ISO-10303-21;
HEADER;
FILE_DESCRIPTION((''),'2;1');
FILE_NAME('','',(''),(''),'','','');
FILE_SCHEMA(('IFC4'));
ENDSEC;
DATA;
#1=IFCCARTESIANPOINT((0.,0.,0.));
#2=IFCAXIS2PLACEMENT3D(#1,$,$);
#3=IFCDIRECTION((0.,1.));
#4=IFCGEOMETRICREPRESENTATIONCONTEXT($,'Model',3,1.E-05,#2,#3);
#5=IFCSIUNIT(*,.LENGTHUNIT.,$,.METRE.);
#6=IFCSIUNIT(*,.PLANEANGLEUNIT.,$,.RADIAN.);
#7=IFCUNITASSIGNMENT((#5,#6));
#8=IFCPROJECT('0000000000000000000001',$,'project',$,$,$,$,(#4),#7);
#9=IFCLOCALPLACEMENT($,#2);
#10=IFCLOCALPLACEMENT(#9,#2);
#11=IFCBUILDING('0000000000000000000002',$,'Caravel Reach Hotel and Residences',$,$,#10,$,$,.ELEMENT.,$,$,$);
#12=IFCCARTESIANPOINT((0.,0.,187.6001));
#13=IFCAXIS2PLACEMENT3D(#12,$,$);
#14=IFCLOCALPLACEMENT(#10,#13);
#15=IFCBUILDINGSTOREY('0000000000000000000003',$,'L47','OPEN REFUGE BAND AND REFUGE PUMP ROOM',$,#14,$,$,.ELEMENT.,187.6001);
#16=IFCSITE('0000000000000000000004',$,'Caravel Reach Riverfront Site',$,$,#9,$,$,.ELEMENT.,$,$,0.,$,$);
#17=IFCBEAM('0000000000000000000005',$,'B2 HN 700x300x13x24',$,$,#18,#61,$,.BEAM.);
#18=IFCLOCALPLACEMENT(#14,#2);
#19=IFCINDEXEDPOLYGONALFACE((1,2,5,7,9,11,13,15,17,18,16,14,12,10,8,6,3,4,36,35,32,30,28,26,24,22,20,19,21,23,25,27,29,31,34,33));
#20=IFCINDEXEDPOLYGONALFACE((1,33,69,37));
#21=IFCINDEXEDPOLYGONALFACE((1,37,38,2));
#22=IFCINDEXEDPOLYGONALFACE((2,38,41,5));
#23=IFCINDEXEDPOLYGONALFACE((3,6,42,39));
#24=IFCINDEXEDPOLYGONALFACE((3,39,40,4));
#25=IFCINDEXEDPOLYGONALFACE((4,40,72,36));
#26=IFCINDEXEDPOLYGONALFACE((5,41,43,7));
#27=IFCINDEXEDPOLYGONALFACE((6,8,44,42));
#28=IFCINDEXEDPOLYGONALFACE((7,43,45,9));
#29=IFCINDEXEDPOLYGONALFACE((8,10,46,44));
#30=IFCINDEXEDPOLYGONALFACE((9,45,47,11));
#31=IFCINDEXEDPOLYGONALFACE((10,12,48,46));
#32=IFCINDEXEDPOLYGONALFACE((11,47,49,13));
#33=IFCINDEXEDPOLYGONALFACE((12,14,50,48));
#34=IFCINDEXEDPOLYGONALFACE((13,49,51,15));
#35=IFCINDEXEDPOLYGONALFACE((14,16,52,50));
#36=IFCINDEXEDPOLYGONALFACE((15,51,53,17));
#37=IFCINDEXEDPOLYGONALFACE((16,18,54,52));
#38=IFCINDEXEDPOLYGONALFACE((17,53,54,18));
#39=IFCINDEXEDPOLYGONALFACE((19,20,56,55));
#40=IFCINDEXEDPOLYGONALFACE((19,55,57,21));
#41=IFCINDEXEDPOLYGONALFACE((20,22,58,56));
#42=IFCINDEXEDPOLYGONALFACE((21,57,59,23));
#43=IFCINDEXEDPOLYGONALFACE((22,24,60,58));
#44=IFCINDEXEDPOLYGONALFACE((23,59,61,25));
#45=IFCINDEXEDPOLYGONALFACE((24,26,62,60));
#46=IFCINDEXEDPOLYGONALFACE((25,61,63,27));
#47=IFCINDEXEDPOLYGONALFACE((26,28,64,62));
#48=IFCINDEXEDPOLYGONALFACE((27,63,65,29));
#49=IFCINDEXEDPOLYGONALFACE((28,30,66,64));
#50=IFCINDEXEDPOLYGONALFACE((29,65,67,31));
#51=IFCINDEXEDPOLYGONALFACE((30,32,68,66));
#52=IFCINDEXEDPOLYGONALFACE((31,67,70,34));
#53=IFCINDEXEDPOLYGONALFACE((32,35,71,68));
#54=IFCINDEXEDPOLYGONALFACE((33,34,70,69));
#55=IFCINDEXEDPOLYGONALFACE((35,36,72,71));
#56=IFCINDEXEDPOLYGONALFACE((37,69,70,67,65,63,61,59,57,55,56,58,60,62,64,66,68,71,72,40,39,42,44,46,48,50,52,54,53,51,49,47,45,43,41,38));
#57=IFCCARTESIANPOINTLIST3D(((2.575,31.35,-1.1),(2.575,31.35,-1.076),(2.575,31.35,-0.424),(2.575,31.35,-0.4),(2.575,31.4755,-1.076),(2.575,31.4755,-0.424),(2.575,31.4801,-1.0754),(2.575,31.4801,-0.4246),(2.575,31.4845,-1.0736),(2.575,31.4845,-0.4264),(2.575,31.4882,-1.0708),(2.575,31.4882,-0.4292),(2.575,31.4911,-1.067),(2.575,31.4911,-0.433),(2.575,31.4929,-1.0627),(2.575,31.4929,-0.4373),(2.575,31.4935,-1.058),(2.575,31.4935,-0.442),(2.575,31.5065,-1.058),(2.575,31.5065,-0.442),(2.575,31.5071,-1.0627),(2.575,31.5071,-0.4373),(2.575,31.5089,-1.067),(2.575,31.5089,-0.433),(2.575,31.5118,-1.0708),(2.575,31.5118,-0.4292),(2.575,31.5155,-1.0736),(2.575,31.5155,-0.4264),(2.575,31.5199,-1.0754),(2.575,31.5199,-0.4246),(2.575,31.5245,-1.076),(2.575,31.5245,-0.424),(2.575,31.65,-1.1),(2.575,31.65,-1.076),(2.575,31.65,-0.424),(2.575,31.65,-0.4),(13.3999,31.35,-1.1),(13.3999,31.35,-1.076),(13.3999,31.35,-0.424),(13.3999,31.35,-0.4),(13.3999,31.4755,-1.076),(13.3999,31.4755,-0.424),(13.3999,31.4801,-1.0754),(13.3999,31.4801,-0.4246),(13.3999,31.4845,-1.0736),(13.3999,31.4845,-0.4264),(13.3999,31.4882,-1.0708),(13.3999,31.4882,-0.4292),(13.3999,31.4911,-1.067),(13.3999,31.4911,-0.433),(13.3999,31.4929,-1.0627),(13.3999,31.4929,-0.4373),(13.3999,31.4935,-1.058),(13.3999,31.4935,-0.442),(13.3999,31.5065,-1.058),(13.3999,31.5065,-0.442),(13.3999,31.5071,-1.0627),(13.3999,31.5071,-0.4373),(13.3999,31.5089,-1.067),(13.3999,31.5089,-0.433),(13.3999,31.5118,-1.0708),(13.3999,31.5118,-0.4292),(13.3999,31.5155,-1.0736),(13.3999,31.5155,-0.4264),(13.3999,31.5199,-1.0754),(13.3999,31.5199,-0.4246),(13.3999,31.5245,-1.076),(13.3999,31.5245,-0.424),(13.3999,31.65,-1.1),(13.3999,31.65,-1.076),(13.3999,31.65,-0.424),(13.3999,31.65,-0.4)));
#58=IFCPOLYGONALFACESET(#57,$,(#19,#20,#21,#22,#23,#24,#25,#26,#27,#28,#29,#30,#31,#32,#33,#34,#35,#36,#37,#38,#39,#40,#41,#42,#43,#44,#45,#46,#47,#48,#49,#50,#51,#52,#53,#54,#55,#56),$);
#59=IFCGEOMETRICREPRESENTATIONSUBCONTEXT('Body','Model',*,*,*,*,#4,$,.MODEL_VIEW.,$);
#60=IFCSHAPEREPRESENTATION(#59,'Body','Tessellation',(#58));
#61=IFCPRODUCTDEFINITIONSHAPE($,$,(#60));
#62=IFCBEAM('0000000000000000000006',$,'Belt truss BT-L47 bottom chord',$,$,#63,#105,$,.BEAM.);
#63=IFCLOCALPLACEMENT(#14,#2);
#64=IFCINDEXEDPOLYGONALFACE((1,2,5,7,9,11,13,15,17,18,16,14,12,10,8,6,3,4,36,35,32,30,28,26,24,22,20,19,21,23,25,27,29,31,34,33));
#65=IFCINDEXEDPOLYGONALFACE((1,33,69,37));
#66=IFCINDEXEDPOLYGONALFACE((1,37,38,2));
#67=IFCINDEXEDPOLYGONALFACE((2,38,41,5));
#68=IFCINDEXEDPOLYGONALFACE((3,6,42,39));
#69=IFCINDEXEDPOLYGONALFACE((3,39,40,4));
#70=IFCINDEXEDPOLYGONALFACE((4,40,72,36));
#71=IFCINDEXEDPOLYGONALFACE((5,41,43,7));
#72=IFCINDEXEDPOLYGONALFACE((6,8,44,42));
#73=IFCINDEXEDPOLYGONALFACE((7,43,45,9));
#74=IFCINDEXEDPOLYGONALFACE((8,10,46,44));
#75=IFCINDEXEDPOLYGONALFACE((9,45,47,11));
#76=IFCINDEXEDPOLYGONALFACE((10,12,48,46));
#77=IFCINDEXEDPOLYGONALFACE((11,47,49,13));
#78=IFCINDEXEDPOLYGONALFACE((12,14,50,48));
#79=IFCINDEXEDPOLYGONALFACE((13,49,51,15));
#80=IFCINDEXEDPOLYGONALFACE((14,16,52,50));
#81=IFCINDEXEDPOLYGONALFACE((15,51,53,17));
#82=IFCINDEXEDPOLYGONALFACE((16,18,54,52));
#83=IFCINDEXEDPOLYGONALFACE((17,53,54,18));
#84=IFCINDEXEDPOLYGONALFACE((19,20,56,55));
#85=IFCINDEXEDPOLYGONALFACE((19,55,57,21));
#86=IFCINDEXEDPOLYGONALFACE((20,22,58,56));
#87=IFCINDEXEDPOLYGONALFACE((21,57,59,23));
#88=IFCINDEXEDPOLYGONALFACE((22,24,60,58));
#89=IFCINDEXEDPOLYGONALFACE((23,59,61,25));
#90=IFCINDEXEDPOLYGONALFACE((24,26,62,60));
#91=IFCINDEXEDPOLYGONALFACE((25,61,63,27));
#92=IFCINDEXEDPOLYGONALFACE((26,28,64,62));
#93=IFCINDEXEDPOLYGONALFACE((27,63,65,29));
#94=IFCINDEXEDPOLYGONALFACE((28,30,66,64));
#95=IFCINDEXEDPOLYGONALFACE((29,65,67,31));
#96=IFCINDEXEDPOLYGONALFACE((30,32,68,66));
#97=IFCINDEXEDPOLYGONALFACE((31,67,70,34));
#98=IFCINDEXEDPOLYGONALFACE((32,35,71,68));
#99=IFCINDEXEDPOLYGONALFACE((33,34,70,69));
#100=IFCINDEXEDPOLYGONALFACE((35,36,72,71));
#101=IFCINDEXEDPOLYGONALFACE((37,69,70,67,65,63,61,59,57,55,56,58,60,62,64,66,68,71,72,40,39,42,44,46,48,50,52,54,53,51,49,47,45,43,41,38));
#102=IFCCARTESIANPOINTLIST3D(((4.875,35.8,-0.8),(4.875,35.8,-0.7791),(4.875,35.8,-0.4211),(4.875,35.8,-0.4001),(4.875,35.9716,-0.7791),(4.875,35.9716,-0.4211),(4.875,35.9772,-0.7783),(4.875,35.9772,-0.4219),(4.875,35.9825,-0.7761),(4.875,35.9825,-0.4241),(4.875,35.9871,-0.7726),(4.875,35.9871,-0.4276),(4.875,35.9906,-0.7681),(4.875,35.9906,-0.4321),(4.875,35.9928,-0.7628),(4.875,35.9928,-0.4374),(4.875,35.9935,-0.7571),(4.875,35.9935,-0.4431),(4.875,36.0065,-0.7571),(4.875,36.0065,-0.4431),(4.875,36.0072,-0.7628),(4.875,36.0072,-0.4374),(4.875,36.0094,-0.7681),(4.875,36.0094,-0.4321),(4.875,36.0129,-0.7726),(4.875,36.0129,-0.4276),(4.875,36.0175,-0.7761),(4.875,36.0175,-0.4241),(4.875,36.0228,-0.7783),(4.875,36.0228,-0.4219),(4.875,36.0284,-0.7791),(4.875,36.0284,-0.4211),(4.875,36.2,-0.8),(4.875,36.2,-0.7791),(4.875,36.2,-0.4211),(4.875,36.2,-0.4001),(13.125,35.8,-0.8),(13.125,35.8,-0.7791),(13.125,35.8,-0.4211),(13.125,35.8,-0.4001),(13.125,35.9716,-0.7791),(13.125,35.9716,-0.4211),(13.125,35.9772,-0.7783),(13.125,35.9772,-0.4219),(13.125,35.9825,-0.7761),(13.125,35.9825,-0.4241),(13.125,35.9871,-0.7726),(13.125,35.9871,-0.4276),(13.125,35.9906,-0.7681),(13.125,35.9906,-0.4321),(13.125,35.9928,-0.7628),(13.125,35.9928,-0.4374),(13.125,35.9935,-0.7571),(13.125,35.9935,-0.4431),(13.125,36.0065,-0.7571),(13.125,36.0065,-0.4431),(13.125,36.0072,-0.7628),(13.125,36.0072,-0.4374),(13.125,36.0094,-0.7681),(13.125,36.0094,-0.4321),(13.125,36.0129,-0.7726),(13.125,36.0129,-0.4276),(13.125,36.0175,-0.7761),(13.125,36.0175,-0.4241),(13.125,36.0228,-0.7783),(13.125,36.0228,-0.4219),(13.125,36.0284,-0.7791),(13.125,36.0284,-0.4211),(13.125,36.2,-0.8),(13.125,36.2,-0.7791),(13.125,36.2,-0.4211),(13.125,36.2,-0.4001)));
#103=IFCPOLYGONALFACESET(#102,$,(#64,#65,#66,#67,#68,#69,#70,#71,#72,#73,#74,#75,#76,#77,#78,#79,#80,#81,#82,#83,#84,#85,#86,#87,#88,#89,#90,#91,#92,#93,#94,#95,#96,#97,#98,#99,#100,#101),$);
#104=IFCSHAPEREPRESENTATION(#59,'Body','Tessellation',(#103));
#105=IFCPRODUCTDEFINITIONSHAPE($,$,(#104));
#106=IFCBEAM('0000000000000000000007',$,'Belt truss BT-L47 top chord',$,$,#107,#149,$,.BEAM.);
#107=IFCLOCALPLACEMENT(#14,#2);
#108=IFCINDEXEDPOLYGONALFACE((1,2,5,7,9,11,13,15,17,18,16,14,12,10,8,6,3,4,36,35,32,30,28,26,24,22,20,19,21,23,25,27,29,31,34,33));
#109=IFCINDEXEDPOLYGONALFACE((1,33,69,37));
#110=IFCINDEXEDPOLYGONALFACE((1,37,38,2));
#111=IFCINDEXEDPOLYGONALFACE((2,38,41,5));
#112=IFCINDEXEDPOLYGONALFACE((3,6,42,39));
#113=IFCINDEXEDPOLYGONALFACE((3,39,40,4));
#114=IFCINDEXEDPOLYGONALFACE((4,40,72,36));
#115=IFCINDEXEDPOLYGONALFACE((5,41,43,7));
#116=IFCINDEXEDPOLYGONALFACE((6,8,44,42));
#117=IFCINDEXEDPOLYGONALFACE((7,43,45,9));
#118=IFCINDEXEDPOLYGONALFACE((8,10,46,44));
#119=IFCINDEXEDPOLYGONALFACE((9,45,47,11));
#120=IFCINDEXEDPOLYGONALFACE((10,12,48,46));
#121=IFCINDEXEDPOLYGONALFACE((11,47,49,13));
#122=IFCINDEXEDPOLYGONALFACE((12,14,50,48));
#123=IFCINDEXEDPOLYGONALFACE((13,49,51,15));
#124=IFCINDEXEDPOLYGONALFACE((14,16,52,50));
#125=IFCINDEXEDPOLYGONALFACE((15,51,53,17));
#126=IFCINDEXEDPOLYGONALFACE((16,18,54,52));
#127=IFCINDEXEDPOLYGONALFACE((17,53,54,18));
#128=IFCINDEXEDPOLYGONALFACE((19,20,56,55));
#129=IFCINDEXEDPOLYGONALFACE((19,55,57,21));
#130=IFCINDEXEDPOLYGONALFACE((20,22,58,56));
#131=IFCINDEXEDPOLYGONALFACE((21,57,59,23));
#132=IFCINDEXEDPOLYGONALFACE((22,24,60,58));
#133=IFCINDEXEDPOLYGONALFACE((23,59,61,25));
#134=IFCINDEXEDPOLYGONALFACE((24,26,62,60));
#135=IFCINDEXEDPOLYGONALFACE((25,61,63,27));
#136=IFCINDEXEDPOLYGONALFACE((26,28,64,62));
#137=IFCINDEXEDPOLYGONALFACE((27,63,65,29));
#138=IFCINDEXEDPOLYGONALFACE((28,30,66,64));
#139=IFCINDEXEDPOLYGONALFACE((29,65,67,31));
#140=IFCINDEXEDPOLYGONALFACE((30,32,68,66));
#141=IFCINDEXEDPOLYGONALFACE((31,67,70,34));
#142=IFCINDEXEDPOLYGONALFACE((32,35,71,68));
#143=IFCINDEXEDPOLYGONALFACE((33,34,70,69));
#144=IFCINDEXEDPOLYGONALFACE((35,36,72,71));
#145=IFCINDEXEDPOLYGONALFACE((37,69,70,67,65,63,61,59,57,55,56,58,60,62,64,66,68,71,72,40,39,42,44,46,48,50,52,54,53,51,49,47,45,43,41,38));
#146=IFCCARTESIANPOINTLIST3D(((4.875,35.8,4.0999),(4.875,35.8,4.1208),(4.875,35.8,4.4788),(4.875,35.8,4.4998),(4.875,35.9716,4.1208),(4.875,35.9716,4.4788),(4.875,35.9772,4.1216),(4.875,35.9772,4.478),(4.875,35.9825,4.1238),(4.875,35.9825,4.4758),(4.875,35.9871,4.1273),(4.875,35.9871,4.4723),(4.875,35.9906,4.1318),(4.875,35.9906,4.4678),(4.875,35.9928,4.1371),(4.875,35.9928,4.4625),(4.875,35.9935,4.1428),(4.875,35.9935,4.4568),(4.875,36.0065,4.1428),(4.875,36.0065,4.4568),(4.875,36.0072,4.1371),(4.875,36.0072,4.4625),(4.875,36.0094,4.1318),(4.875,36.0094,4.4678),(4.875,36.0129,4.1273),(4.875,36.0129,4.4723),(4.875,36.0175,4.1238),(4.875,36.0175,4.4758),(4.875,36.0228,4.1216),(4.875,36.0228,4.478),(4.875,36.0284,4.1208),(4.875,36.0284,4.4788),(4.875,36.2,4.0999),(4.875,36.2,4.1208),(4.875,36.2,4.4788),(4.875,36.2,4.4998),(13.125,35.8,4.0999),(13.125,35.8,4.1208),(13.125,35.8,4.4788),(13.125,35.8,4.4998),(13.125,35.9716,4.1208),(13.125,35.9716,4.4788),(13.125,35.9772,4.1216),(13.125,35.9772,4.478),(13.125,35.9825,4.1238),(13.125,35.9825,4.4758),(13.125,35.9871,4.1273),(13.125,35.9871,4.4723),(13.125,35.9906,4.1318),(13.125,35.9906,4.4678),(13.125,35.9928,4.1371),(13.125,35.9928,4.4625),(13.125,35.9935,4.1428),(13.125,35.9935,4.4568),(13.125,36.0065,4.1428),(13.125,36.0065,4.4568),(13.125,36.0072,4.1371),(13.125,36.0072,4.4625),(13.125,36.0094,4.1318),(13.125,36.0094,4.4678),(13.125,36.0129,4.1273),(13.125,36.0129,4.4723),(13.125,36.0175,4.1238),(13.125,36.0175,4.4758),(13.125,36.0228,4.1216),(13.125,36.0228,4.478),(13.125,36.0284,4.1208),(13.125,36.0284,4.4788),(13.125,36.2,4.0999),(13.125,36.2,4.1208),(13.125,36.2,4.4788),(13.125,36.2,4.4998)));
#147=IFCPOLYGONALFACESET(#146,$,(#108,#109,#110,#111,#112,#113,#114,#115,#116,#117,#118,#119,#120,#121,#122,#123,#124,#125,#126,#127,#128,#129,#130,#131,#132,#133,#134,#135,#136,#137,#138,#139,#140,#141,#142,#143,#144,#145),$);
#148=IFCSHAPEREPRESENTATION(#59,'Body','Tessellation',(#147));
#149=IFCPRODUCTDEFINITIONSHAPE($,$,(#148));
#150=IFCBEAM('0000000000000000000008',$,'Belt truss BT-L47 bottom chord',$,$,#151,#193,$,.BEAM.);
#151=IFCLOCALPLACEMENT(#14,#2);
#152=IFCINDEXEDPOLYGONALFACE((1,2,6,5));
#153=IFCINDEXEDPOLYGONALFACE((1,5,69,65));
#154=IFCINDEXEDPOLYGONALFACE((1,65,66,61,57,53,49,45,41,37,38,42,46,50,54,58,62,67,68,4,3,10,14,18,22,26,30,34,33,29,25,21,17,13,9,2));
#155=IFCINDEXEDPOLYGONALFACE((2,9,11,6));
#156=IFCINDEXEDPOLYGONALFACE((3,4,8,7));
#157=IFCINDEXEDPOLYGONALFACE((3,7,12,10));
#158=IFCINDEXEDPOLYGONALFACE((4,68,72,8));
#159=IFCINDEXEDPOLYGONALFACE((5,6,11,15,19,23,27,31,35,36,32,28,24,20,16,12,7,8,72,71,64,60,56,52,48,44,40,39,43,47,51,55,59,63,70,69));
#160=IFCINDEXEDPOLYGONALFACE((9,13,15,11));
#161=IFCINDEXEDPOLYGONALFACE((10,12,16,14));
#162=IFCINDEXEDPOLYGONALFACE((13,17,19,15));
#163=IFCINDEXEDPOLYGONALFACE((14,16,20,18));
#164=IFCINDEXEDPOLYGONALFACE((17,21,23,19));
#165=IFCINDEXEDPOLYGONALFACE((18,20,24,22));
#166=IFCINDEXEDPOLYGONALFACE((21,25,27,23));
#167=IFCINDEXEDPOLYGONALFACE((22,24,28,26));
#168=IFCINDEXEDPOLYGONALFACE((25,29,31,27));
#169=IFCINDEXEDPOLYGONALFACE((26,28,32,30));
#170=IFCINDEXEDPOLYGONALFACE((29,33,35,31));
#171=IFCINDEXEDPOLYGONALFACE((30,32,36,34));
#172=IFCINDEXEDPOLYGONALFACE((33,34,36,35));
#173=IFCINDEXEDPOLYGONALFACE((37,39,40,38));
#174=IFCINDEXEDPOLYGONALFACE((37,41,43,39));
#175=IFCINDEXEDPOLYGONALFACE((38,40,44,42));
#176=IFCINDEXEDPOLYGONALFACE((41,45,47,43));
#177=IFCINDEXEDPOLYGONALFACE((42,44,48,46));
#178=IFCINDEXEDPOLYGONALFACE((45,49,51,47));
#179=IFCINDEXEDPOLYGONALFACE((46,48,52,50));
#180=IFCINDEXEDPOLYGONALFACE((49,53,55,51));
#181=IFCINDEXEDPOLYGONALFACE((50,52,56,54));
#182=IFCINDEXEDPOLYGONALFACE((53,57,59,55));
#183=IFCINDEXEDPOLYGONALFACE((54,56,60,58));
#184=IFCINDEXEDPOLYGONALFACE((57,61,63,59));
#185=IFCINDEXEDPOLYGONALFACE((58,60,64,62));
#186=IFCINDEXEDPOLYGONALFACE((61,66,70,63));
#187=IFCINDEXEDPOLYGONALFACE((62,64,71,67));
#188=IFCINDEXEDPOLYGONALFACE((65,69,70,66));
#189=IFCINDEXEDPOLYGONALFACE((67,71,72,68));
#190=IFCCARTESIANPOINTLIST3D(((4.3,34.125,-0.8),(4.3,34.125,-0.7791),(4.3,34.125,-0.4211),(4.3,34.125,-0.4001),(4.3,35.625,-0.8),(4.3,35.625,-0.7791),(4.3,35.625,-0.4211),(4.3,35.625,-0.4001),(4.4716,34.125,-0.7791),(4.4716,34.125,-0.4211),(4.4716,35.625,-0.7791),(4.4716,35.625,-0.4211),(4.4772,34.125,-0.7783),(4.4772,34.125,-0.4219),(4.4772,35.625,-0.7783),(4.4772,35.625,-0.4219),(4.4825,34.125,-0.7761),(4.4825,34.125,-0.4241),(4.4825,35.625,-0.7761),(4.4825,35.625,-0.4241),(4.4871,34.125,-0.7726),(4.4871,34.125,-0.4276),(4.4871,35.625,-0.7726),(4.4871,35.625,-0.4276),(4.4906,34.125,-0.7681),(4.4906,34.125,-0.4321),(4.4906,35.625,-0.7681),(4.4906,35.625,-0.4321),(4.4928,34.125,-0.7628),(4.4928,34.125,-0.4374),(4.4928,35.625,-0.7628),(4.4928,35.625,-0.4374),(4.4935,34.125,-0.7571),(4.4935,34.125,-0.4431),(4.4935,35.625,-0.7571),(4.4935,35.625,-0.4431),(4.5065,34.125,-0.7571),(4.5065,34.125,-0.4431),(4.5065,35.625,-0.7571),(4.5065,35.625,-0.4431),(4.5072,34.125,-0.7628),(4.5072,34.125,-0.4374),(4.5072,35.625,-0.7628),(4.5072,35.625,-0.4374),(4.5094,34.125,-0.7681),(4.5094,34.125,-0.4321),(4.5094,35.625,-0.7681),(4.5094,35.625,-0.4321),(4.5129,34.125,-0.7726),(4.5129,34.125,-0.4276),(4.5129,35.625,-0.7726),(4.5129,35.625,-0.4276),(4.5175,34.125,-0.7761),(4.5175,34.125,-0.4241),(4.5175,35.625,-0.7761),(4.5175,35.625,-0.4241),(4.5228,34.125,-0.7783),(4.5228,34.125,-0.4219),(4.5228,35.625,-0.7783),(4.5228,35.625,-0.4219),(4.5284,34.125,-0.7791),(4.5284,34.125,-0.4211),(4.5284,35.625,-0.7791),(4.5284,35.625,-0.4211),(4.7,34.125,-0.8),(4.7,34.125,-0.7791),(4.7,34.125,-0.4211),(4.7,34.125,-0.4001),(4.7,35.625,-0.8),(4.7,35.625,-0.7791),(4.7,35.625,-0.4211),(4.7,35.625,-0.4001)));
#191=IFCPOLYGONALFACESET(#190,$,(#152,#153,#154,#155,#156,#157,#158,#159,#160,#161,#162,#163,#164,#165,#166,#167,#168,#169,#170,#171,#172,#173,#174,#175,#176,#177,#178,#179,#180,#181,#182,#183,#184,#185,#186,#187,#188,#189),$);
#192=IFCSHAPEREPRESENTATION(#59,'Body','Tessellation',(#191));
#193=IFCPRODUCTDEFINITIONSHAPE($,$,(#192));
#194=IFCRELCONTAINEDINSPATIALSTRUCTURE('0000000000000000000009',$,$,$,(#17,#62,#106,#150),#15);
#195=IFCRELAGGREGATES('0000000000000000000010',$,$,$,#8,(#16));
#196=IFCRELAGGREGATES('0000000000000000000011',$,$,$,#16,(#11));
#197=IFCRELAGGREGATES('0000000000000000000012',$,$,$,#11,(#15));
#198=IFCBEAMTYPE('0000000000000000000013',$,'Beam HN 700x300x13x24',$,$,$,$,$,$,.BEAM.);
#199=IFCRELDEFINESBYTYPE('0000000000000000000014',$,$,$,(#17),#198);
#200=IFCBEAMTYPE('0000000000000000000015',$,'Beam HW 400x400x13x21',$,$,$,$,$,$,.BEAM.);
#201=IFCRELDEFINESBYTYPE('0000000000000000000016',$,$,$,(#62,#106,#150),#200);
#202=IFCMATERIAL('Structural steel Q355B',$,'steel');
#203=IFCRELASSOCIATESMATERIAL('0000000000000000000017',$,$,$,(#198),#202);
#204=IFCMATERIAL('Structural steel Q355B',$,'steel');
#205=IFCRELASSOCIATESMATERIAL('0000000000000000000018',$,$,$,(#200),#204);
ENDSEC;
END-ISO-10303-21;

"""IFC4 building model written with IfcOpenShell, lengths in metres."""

from ifc_helpers import new_model, si_unit, direction, frame, origin, origin_2d, place, context, subcontext, project, spatial, i_section, extrude, material, material_profile, profile_set, type_object, element, save


model = new_model("IFC4")

# Units and contexts
model_context = context("Model", 3, precision=1e-05, world=origin(), true_north=direction((0.0, 1.0)))
body_context = subcontext(model_context, "Body", "Model", "MODEL_VIEW")
ifc_project = project(units=[si_unit("LENGTHUNIT", "METRE"), si_unit("PLANEANGLEUNIT", "RADIAN")], contexts=[model_context])

# Site, building, storey
site_placement = place(None, origin())
site = spatial("IfcSite", under=ifc_project, at=site_placement, Name="Caravel Reach Riverfront Site", CompositionType="ELEMENT", RefElevation=0.0)
building_placement = place(site_placement, origin())
building = spatial("IfcBuilding", under=site, at=building_placement, Name="Caravel Reach Hotel and Residences", CompositionType="ELEMENT")
storey_placement = place(building_placement, frame((0.0, 0.0, 187.6001)))
storey = spatial("IfcBuildingStorey", under=building, at=storey_placement, Name="L47", Description="OPEN REFUGE BAND AND REFUGE PUMP ROOM", CompositionType="ELEMENT", Elevation=187.6001)

# Beams
ifc_material_1 = material(Name="Structural steel Q355B", Category="steel")
ifc_material_profile_1 = material_profile(ifc_material_1, i_section(OverallWidth=0.3, OverallDepth=0.7, WebThickness=0.0129, FlangeThickness=0.0239, FilletRadius=0.0181, at=origin_2d()), Name="HN 700x300x13x24")
ifc_profile_set_1 = profile_set([ifc_material_profile_1], Name="Structural steel Q355B")
beam_type_1 = type_object("IfcBeamType", Name="Beam HN 700x300x13x24", PredefinedType="BEAM", material=ifc_profile_set_1)
beam_1_placement = place(storey_placement, frame((13.3999, 31.5, -0.75), z_axis=(-1.0, 0.0, 0.0), x_axis=(0.0, -1.0, 0.0)))
element("IfcBeam", 1, at=beam_1_placement, inside=storey, type_object=beam_type_1, Name="B2 HN 700x300x13x24", PredefinedType="BEAM", context=body_context, shape_type="SweptSolid", body=[
    extrude(i_section(OverallWidth=0.3, OverallDepth=0.7, WebThickness=0.0129, FlangeThickness=0.0239, FilletRadius=0.0181, at=origin_2d()), origin(), (0.0, 0.0, 1.0), 10.825),
])
ifc_material_2 = material(Name="Structural steel Q355B", Category="steel")
ifc_material_profile_2 = material_profile(ifc_material_2, i_section(OverallWidth=0.3999, OverallDepth=0.3999, WebThickness=0.0129, FlangeThickness=0.021, FilletRadius=0.022, at=origin_2d()), Name="HW 400x400x13x21")
ifc_profile_set_2 = profile_set([ifc_material_profile_2], Name="Structural steel Q355B")
beam_type_2 = type_object("IfcBeamType", Name="Beam HW 400x400x13x21", PredefinedType="BEAM", material=ifc_profile_set_2)
for number, where, z_axis, x_axis, name in (
    (2, (13.125, 36.0, -0.6001), (-1.0, 0.0, 0.0), (0.0, -1.0, 0.0), "Belt truss BT-L47 bottom chord"),
    (3, (13.125, 36.0, 4.2998), (-1.0, 0.0, 0.0), (0.0, -1.0, 0.0), "Belt truss BT-L47 top chord"),
):
    element("IfcBeam", number, at=place(storey_placement, frame(where, z_axis=z_axis, x_axis=x_axis)), inside=storey, type_object=beam_type_2, Name=name, PredefinedType="BEAM", context=body_context, shape_type="SweptSolid", body=[
        extrude(i_section(OverallWidth=0.3999, OverallDepth=0.3999, WebThickness=0.0129, FlangeThickness=0.021, FilletRadius=0.022, at=origin_2d()), origin(), (0.0, 0.0, 1.0), 8.25),
    ])
for number, where, z_axis, x_axis, name in (
    (4, (4.5, 35.625, -0.6001), (0.0, -1.0, 0.0), (1.0, 0.0, 0.0), "Belt truss BT-L47 bottom chord"),
):
    element("IfcBeam", number, at=place(storey_placement, frame(where, z_axis=z_axis, x_axis=x_axis)), inside=storey, type_object=beam_type_2, Name=name, PredefinedType="BEAM", context=body_context, shape_type="SweptSolid", body=[
        extrude(i_section(OverallWidth=0.3999, OverallDepth=0.3999, WebThickness=0.0129, FlangeThickness=0.021, FilletRadius=0.022, at=origin_2d()), origin(), (0.0, 0.0, 1.0), 1.5),
    ])

save(model, "model.ifc")
